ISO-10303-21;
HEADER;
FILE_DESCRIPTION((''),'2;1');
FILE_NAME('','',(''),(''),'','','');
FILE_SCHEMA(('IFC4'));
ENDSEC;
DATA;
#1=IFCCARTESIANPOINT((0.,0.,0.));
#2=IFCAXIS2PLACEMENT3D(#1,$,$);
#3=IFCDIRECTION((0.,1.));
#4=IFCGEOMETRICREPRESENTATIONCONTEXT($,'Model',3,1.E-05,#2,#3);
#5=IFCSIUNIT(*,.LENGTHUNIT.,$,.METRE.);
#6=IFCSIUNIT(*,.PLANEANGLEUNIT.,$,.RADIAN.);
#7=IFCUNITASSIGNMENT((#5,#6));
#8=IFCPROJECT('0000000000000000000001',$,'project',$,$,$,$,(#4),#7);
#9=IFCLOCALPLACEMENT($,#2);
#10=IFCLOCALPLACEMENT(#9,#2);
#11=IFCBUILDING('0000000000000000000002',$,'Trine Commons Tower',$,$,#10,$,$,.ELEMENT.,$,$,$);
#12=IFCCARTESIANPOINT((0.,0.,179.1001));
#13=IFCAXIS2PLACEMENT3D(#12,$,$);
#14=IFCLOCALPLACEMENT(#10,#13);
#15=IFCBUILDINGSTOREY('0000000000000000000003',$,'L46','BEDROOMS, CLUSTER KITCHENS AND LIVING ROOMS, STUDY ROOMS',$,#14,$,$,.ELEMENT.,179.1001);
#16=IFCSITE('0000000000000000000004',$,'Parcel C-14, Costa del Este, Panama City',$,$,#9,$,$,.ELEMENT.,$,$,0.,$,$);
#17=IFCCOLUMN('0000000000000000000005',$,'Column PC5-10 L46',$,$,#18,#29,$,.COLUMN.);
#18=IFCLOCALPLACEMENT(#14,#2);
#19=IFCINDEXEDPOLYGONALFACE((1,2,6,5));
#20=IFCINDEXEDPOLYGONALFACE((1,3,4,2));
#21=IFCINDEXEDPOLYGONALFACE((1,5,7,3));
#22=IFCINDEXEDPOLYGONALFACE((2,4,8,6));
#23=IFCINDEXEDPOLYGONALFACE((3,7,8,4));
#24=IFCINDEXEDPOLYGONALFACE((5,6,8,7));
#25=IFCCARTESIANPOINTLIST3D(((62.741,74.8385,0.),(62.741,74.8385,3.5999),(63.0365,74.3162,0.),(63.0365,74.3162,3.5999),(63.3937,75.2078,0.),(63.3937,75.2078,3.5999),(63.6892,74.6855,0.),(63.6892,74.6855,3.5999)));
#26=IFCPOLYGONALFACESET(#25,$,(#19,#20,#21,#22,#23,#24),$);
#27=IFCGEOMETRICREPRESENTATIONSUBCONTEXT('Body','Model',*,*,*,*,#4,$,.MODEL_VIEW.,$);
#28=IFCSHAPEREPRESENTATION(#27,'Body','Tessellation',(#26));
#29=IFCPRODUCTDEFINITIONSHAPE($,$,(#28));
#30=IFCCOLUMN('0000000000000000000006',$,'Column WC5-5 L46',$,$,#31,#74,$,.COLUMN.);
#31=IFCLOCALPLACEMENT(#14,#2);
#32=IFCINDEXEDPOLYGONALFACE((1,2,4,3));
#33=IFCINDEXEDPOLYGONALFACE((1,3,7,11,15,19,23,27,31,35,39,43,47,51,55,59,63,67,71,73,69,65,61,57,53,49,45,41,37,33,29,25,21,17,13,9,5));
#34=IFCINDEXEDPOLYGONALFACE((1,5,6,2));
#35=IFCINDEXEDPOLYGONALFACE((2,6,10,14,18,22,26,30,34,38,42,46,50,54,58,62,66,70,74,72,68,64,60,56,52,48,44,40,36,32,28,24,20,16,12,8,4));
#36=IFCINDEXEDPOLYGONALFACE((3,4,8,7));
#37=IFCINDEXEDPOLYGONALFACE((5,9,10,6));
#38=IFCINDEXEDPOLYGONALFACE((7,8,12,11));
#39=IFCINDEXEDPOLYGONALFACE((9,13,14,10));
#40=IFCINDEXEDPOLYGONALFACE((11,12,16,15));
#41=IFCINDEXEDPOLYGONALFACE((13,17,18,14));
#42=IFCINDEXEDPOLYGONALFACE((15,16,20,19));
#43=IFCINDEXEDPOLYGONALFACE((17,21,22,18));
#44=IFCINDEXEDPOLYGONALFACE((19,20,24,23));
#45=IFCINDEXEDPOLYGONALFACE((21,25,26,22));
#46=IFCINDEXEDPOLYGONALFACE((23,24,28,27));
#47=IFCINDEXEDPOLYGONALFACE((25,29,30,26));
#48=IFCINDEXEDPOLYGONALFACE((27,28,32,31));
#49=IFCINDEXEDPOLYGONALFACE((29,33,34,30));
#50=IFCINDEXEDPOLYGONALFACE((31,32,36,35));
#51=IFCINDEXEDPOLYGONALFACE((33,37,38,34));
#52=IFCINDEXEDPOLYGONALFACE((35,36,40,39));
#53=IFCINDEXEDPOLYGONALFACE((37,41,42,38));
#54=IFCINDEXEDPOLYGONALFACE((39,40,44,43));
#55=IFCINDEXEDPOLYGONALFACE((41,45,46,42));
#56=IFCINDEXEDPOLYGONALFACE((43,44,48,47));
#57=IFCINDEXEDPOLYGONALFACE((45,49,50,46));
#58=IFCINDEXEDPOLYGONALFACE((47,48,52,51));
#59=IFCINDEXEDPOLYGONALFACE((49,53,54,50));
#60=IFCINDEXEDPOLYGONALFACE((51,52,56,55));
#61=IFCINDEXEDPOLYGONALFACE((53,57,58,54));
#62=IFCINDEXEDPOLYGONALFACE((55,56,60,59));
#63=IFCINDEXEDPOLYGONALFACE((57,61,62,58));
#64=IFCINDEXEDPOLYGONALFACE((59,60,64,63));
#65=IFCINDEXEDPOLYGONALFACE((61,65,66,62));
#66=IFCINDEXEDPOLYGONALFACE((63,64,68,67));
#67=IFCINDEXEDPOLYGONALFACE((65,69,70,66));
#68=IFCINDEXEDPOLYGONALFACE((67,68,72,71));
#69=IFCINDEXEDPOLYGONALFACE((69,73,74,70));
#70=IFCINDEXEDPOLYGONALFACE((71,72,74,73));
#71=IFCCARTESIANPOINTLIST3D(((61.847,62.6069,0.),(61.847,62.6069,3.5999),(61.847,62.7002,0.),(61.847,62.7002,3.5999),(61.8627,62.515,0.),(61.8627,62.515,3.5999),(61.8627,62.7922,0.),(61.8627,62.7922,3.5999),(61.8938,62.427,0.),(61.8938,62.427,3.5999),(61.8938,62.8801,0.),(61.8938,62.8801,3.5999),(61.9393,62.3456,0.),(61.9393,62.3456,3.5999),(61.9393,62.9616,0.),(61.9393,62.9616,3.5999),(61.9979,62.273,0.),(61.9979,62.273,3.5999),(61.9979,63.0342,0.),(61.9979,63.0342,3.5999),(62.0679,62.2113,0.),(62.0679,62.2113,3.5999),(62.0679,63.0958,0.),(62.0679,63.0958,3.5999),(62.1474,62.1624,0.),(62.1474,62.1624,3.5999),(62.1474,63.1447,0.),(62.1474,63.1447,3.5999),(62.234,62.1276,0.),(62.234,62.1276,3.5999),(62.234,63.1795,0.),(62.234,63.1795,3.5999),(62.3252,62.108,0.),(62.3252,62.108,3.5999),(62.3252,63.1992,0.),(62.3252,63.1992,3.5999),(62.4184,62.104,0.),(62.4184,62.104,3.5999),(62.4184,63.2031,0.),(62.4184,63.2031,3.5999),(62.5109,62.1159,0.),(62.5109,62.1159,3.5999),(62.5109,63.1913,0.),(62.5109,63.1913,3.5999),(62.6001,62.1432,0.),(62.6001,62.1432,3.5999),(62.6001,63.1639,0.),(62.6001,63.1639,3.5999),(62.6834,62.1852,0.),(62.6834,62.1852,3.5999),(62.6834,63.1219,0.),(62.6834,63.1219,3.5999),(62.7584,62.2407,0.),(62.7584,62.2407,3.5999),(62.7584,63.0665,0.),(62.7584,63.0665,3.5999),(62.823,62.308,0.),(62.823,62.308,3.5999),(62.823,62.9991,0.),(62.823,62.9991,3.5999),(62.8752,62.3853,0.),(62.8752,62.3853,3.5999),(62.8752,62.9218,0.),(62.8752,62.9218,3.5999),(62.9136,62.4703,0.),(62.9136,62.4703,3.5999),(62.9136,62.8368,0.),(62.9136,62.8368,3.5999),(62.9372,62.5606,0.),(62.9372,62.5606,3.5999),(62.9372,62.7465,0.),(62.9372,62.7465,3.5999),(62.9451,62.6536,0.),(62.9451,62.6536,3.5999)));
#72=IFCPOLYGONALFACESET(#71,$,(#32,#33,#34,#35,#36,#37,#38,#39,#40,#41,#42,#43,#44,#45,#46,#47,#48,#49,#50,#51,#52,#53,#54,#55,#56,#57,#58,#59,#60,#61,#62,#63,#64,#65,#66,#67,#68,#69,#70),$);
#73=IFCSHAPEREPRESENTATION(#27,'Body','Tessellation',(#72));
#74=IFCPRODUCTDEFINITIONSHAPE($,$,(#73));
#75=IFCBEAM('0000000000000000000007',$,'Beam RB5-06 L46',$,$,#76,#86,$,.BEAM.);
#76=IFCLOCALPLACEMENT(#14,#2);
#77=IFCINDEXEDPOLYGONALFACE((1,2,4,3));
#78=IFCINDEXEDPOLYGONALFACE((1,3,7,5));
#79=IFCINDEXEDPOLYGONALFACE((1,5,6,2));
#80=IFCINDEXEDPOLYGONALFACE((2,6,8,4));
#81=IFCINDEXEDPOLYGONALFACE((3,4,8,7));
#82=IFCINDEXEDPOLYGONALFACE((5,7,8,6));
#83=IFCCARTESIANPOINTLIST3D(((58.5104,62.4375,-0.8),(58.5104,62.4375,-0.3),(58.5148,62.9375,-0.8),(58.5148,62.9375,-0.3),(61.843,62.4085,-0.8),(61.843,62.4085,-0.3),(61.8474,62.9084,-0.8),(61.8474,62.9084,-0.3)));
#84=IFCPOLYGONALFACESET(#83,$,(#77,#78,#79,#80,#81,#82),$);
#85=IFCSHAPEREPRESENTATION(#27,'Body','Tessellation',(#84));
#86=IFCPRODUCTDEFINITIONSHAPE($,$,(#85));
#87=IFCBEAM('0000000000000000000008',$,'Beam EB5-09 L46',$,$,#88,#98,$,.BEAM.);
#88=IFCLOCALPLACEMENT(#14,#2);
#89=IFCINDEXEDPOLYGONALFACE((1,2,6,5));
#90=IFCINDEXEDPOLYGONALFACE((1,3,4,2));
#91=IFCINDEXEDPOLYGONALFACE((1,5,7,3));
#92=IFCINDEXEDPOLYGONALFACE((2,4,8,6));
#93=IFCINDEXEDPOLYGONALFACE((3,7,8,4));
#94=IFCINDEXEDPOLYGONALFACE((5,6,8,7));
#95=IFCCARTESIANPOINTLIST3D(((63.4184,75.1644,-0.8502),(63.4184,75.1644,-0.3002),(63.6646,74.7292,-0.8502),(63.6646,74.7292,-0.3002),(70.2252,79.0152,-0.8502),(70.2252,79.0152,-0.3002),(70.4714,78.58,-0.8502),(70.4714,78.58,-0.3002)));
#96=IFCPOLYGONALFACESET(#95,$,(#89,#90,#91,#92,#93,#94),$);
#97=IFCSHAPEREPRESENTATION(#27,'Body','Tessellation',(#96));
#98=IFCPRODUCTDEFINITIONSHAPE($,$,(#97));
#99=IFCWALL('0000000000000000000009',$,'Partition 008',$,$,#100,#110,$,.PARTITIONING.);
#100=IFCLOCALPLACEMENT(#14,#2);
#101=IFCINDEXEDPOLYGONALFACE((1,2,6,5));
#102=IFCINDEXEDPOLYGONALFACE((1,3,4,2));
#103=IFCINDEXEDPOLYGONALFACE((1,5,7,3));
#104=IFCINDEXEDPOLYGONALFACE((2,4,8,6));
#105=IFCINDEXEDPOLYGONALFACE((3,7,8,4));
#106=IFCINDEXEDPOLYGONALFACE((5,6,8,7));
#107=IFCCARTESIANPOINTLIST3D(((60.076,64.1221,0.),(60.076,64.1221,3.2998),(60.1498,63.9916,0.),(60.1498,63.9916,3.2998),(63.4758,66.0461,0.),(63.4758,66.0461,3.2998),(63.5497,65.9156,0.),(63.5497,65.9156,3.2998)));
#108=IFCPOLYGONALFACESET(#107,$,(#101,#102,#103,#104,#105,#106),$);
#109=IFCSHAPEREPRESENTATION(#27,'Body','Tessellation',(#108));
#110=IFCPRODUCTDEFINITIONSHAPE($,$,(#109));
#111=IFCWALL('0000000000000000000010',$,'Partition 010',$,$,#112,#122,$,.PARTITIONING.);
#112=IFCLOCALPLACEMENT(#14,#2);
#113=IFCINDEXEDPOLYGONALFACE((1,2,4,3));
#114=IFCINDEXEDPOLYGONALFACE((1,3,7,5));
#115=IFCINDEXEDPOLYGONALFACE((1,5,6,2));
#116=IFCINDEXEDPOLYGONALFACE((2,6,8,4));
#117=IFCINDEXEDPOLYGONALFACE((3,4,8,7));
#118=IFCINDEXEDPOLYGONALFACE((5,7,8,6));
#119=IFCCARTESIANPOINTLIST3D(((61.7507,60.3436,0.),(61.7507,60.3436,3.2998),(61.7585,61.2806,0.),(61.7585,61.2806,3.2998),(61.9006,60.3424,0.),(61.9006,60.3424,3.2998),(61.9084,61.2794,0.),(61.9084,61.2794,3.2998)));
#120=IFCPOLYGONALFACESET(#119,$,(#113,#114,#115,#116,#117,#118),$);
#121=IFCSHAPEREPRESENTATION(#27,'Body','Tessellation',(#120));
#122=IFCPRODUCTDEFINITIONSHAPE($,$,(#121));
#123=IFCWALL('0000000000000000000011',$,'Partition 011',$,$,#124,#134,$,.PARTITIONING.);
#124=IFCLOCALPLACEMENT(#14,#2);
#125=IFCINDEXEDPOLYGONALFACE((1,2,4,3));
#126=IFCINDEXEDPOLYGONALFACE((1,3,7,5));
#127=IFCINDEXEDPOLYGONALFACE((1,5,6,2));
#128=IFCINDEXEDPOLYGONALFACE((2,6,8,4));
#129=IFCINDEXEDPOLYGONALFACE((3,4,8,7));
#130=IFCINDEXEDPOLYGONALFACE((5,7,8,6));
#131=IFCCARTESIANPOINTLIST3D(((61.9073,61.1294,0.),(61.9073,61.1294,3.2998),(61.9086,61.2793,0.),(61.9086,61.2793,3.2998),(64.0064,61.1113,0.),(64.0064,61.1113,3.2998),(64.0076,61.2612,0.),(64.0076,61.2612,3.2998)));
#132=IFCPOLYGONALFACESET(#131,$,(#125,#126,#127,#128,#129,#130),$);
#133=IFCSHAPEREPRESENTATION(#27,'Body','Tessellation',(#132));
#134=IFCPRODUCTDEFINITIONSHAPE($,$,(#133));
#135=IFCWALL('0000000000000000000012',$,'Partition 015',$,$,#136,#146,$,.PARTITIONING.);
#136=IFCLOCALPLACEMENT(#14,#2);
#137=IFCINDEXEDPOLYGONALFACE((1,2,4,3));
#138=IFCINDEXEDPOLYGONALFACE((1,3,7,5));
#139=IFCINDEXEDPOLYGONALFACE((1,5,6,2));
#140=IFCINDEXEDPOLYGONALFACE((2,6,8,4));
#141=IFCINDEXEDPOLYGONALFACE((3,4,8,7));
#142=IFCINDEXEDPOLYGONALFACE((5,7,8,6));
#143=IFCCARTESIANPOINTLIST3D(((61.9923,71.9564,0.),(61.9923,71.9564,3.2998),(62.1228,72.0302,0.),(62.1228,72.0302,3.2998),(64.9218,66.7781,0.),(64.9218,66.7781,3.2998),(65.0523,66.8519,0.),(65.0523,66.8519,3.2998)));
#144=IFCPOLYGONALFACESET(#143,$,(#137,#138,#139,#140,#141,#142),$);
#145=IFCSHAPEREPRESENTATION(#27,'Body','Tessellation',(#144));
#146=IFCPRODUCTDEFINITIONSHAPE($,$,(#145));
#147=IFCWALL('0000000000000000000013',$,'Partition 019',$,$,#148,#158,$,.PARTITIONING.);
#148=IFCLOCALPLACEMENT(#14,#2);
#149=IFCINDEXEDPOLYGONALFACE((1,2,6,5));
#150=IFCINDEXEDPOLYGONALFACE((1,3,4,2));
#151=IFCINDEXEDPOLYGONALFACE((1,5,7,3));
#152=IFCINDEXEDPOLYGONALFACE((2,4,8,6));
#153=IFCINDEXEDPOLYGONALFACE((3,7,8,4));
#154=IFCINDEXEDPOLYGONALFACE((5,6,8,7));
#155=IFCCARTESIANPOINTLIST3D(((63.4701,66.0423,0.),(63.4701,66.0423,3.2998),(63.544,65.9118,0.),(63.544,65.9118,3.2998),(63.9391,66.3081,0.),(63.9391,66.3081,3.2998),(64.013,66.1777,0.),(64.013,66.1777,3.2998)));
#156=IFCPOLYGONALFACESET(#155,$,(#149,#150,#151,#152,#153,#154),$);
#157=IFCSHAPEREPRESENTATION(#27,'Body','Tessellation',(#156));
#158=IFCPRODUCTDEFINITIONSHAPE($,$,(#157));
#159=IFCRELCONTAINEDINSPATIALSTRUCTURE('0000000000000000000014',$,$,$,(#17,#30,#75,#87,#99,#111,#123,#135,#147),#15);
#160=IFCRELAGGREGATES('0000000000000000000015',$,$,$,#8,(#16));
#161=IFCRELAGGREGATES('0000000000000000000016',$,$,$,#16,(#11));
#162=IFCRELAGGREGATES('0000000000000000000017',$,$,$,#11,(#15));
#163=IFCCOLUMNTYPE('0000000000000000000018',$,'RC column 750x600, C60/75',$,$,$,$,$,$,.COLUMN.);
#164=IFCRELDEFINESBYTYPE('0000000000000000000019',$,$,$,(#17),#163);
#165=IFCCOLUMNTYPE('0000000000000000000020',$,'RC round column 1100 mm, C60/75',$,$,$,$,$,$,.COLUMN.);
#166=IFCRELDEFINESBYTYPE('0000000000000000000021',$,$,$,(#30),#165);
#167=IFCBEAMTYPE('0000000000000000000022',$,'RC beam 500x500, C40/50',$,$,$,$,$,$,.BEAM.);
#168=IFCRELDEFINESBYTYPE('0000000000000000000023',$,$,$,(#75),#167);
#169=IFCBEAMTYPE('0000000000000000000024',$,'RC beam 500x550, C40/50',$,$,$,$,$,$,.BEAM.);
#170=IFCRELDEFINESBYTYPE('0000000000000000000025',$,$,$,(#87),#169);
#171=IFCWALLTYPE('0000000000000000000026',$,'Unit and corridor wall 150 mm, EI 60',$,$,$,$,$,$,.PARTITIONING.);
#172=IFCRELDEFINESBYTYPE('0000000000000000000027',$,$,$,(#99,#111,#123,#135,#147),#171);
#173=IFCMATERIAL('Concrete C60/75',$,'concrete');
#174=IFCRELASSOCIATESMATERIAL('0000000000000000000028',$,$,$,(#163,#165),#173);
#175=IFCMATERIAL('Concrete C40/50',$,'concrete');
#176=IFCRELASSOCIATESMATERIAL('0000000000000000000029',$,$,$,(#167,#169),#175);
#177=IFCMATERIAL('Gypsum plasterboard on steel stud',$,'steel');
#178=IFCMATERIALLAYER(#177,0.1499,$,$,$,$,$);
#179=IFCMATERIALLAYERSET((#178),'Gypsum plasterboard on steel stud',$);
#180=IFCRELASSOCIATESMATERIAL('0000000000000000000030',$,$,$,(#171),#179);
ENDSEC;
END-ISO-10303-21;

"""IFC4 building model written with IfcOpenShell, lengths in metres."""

from ifc_helpers import new_model, si_unit, direction, frame, frame_2d, origin, origin_2d, place, context, subcontext, project, spatial, rectangle, circle, extrude, material, layer, layer_set, material_profile, profile_set, type_object, element, save


model = new_model("IFC4")

# Units and contexts
model_context = context("Model", 3, precision=1e-05, world=origin(), true_north=direction((0.0, 1.0)))
body_context = subcontext(model_context, "Body", "Model", "MODEL_VIEW")
ifc_project = project(units=[si_unit("LENGTHUNIT", "METRE"), si_unit("PLANEANGLEUNIT", "RADIAN")], contexts=[model_context])

# Site, building, storey
site_placement = place(None, origin())
site = spatial("IfcSite", under=ifc_project, at=site_placement, Name="Parcel C-14, Costa del Este, Panama City", CompositionType="ELEMENT", RefElevation=0.0)
building_placement = place(site_placement, origin())
building = spatial("IfcBuilding", under=site, at=building_placement, Name="Trine Commons Tower", CompositionType="ELEMENT")
storey_placement = place(building_placement, frame((0.0, 0.0, 179.1001)))
storey = spatial("IfcBuildingStorey", under=building, at=storey_placement, Name="L46", Description="BEDROOMS, CLUSTER KITCHENS AND LIVING ROOMS, STUDY ROOMS", CompositionType="ELEMENT", Elevation=179.1001)

# Columns
ifc_material_1 = material(Name="Concrete C60/75", Category="concrete")
ifc_material_profile_1 = material_profile(ifc_material_1, rectangle(XDim=0.75, YDim=0.6001, at=origin_2d()), Name="RC 750x600")
ifc_profile_set_1 = profile_set([ifc_material_profile_1], Name="Concrete C60/75")
column_type_1 = type_object("IfcColumnType", Name="RC column 750x600, C60/75", PredefinedType="COLUMN", material=ifc_profile_set_1)
column_1_placement = place(storey_placement, frame((63.2151, 74.762, 0.0), z_axis=(0.0, 0.0, 1.0), x_axis=(0.870356, 0.492424, 0.0)))
element("IfcColumn", 1, at=column_1_placement, inside=storey, type_object=column_type_1, Name="Column PC5-10 L46", PredefinedType="COLUMN", context=body_context, shape_type="SweptSolid", body=[
    extrude(rectangle(XDim=0.75, YDim=0.6001, at=origin_2d()), origin(), (0.0, 0.0, 1.0), 3.5999),
])
ifc_material_profile_2 = material_profile(ifc_material_1, circle(Radius=0.55, at=origin_2d()), Name="RC round 1100")
ifc_profile_set_2 = profile_set([ifc_material_profile_2], Name="Concrete C60/75")
column_type_2 = type_object("IfcColumnType", Name="RC round column 1100 mm, C60/75", PredefinedType="COLUMN", material=ifc_profile_set_2)
column_2_placement = place(storey_placement, frame((62.395, 62.6536, 0.0), z_axis=(0.0, 0.0, 1.0), x_axis=(1.0, 0.0, 0.0)))
element("IfcColumn", 2, at=column_2_placement, inside=storey, type_object=column_type_2, Name="Column WC5-5 L46", PredefinedType="COLUMN", context=body_context, shape_type="SweptSolid", body=[
    extrude(circle(Radius=0.55, at=origin_2d()), origin(), (0.0, 0.0, 1.0), 3.5999),
])

# Beams
ifc_material_2 = material(Name="Concrete C40/50", Category="concrete")
ifc_material_profile_3 = material_profile(ifc_material_2, rectangle(XDim=0.5, YDim=0.5, at=origin_2d()), Name="RC 500x500")
ifc_profile_set_3 = profile_set([ifc_material_profile_3], Name="Concrete C40/50")
beam_type_1 = type_object("IfcBeamType", Name="RC beam 500x500, C40/50", PredefinedType="BEAM", material=ifc_profile_set_3)
beam_1_placement = place(storey_placement, frame((61.8452, 62.6584, -0.55), z_axis=(-0.999962, 0.008718, 0.0), x_axis=(-0.008718, -0.999962, 0.0)))
element("IfcBeam", 3, at=beam_1_placement, inside=storey, type_object=beam_type_1, Name="Beam RB5-06 L46", PredefinedType="BEAM", context=body_context, shape_type="SweptSolid", body=[
    extrude(rectangle(XDim=0.5, YDim=0.5, at=origin_2d()), origin(), (0.0, 0.0, 1.0), 3.3328),
])
ifc_material_profile_4 = material_profile(ifc_material_2, rectangle(XDim=0.5, YDim=0.55, at=origin_2d()), Name="RC 500x550")
ifc_profile_set_4 = profile_set([ifc_material_profile_4], Name="Concrete C40/50")
beam_type_2 = type_object("IfcBeamType", Name="RC beam 500x550, C40/50", PredefinedType="BEAM", material=ifc_profile_set_4)
beam_2_placement = place(storey_placement, frame((63.5415, 74.9468, -0.5752), z_axis=(0.870373, 0.492393, 0.0), x_axis=(-0.492393, 0.870373, 0.0)))
element("IfcBeam", 4, at=beam_2_placement, inside=storey, type_object=beam_type_2, Name="Beam EB5-09 L46", PredefinedType="BEAM", context=body_context, shape_type="SweptSolid", body=[
    extrude(rectangle(XDim=0.5, YDim=0.55, at=origin_2d()), origin(), (0.0, 0.0, 1.0), 7.8206),
])

# Walls
ifc_material_3 = material(Name="Gypsum plasterboard on steel stud", Category="steel")
ifc_layer_1 = layer(ifc_material_3, 0.1499)
ifc_layer_set_1 = layer_set([ifc_layer_1], Name="Gypsum plasterboard on steel stud")
wall_type_1 = type_object("IfcWallType", Name="Unit and corridor wall 150 mm, EI 60", PredefinedType="PARTITIONING", material=ifc_layer_set_1)
wall_1_placement = place(storey_placement, frame((60.113, 64.0569, 0.0), z_axis=(0.0, 0.0, 1.0), x_axis=(0.870301, 0.492521, 0.0)))
element("IfcWall", 5, at=wall_1_placement, inside=storey, type_object=wall_type_1, Name="Partition 008", PredefinedType="PARTITIONING", context=body_context, shape_type="SweptSolid", body=[
    extrude(rectangle(XDim=3.9065, YDim=0.1499, at=frame_2d((1.9531, 0.0))), origin(), (0.0, 0.0, 1.0), 3.2998),
])
wall_2_placement = place(storey_placement, frame((61.8257, 60.343, 0.0), z_axis=(0.0, 0.0, 1.0), x_axis=(0.008337, 0.999965, 0.0)))
element("IfcWall", 6, at=wall_2_placement, inside=storey, type_object=wall_type_1, Name="Partition 010", PredefinedType="PARTITIONING", context=body_context, shape_type="SweptSolid", body=[
    extrude(rectangle(XDim=0.937, YDim=0.1499, at=frame_2d((0.4685, 0.0))), origin(), (0.0, 0.0, 1.0), 3.2998),
])
wall_3_placement = place(storey_placement, frame((61.908, 61.2043, 0.0), z_axis=(0.0, 0.0, 1.0), x_axis=(0.999963, -0.008606, 0.0)))
element("IfcWall", 7, at=wall_3_placement, inside=storey, type_object=wall_type_1, Name="Partition 011", PredefinedType="PARTITIONING", context=body_context, shape_type="SweptSolid", body=[
    extrude(rectangle(XDim=2.0991, YDim=0.1499, at=frame_2d((1.0496, 0.0))), origin(), (0.0, 0.0, 1.0), 3.2998),
])
wall_4_placement = place(storey_placement, frame((62.0576, 71.9932, 0.0), z_axis=(0.0, 0.0, 1.0), x_axis=(0.492391, -0.870374, 0.0)))
element("IfcWall", 8, at=wall_4_placement, inside=storey, type_object=wall_type_1, Name="Partition 015", PredefinedType="PARTITIONING", context=body_context, shape_type="SweptSolid", body=[
    extrude(rectangle(XDim=5.9495, YDim=0.1499, at=frame_2d((2.9746, 0.0))), origin(), (0.0, 0.0, 1.0), 3.2998),
])
wall_5_placement = place(storey_placement, frame((63.5071, 65.9771, 0.0), z_axis=(0.0, 0.0, 1.0), x_axis=(0.869938, 0.493161, 0.0)))
element("IfcWall", 9, at=wall_5_placement, inside=storey, type_object=wall_type_1, Name="Partition 019", PredefinedType="PARTITIONING", context=body_context, shape_type="SweptSolid", body=[
    extrude(rectangle(XDim=0.5391, YDim=0.1499, at=frame_2d((0.2695, 0.0))), origin(), (0.0, 0.0, 1.0), 3.2998),
])

save(model, "model.ifc")
